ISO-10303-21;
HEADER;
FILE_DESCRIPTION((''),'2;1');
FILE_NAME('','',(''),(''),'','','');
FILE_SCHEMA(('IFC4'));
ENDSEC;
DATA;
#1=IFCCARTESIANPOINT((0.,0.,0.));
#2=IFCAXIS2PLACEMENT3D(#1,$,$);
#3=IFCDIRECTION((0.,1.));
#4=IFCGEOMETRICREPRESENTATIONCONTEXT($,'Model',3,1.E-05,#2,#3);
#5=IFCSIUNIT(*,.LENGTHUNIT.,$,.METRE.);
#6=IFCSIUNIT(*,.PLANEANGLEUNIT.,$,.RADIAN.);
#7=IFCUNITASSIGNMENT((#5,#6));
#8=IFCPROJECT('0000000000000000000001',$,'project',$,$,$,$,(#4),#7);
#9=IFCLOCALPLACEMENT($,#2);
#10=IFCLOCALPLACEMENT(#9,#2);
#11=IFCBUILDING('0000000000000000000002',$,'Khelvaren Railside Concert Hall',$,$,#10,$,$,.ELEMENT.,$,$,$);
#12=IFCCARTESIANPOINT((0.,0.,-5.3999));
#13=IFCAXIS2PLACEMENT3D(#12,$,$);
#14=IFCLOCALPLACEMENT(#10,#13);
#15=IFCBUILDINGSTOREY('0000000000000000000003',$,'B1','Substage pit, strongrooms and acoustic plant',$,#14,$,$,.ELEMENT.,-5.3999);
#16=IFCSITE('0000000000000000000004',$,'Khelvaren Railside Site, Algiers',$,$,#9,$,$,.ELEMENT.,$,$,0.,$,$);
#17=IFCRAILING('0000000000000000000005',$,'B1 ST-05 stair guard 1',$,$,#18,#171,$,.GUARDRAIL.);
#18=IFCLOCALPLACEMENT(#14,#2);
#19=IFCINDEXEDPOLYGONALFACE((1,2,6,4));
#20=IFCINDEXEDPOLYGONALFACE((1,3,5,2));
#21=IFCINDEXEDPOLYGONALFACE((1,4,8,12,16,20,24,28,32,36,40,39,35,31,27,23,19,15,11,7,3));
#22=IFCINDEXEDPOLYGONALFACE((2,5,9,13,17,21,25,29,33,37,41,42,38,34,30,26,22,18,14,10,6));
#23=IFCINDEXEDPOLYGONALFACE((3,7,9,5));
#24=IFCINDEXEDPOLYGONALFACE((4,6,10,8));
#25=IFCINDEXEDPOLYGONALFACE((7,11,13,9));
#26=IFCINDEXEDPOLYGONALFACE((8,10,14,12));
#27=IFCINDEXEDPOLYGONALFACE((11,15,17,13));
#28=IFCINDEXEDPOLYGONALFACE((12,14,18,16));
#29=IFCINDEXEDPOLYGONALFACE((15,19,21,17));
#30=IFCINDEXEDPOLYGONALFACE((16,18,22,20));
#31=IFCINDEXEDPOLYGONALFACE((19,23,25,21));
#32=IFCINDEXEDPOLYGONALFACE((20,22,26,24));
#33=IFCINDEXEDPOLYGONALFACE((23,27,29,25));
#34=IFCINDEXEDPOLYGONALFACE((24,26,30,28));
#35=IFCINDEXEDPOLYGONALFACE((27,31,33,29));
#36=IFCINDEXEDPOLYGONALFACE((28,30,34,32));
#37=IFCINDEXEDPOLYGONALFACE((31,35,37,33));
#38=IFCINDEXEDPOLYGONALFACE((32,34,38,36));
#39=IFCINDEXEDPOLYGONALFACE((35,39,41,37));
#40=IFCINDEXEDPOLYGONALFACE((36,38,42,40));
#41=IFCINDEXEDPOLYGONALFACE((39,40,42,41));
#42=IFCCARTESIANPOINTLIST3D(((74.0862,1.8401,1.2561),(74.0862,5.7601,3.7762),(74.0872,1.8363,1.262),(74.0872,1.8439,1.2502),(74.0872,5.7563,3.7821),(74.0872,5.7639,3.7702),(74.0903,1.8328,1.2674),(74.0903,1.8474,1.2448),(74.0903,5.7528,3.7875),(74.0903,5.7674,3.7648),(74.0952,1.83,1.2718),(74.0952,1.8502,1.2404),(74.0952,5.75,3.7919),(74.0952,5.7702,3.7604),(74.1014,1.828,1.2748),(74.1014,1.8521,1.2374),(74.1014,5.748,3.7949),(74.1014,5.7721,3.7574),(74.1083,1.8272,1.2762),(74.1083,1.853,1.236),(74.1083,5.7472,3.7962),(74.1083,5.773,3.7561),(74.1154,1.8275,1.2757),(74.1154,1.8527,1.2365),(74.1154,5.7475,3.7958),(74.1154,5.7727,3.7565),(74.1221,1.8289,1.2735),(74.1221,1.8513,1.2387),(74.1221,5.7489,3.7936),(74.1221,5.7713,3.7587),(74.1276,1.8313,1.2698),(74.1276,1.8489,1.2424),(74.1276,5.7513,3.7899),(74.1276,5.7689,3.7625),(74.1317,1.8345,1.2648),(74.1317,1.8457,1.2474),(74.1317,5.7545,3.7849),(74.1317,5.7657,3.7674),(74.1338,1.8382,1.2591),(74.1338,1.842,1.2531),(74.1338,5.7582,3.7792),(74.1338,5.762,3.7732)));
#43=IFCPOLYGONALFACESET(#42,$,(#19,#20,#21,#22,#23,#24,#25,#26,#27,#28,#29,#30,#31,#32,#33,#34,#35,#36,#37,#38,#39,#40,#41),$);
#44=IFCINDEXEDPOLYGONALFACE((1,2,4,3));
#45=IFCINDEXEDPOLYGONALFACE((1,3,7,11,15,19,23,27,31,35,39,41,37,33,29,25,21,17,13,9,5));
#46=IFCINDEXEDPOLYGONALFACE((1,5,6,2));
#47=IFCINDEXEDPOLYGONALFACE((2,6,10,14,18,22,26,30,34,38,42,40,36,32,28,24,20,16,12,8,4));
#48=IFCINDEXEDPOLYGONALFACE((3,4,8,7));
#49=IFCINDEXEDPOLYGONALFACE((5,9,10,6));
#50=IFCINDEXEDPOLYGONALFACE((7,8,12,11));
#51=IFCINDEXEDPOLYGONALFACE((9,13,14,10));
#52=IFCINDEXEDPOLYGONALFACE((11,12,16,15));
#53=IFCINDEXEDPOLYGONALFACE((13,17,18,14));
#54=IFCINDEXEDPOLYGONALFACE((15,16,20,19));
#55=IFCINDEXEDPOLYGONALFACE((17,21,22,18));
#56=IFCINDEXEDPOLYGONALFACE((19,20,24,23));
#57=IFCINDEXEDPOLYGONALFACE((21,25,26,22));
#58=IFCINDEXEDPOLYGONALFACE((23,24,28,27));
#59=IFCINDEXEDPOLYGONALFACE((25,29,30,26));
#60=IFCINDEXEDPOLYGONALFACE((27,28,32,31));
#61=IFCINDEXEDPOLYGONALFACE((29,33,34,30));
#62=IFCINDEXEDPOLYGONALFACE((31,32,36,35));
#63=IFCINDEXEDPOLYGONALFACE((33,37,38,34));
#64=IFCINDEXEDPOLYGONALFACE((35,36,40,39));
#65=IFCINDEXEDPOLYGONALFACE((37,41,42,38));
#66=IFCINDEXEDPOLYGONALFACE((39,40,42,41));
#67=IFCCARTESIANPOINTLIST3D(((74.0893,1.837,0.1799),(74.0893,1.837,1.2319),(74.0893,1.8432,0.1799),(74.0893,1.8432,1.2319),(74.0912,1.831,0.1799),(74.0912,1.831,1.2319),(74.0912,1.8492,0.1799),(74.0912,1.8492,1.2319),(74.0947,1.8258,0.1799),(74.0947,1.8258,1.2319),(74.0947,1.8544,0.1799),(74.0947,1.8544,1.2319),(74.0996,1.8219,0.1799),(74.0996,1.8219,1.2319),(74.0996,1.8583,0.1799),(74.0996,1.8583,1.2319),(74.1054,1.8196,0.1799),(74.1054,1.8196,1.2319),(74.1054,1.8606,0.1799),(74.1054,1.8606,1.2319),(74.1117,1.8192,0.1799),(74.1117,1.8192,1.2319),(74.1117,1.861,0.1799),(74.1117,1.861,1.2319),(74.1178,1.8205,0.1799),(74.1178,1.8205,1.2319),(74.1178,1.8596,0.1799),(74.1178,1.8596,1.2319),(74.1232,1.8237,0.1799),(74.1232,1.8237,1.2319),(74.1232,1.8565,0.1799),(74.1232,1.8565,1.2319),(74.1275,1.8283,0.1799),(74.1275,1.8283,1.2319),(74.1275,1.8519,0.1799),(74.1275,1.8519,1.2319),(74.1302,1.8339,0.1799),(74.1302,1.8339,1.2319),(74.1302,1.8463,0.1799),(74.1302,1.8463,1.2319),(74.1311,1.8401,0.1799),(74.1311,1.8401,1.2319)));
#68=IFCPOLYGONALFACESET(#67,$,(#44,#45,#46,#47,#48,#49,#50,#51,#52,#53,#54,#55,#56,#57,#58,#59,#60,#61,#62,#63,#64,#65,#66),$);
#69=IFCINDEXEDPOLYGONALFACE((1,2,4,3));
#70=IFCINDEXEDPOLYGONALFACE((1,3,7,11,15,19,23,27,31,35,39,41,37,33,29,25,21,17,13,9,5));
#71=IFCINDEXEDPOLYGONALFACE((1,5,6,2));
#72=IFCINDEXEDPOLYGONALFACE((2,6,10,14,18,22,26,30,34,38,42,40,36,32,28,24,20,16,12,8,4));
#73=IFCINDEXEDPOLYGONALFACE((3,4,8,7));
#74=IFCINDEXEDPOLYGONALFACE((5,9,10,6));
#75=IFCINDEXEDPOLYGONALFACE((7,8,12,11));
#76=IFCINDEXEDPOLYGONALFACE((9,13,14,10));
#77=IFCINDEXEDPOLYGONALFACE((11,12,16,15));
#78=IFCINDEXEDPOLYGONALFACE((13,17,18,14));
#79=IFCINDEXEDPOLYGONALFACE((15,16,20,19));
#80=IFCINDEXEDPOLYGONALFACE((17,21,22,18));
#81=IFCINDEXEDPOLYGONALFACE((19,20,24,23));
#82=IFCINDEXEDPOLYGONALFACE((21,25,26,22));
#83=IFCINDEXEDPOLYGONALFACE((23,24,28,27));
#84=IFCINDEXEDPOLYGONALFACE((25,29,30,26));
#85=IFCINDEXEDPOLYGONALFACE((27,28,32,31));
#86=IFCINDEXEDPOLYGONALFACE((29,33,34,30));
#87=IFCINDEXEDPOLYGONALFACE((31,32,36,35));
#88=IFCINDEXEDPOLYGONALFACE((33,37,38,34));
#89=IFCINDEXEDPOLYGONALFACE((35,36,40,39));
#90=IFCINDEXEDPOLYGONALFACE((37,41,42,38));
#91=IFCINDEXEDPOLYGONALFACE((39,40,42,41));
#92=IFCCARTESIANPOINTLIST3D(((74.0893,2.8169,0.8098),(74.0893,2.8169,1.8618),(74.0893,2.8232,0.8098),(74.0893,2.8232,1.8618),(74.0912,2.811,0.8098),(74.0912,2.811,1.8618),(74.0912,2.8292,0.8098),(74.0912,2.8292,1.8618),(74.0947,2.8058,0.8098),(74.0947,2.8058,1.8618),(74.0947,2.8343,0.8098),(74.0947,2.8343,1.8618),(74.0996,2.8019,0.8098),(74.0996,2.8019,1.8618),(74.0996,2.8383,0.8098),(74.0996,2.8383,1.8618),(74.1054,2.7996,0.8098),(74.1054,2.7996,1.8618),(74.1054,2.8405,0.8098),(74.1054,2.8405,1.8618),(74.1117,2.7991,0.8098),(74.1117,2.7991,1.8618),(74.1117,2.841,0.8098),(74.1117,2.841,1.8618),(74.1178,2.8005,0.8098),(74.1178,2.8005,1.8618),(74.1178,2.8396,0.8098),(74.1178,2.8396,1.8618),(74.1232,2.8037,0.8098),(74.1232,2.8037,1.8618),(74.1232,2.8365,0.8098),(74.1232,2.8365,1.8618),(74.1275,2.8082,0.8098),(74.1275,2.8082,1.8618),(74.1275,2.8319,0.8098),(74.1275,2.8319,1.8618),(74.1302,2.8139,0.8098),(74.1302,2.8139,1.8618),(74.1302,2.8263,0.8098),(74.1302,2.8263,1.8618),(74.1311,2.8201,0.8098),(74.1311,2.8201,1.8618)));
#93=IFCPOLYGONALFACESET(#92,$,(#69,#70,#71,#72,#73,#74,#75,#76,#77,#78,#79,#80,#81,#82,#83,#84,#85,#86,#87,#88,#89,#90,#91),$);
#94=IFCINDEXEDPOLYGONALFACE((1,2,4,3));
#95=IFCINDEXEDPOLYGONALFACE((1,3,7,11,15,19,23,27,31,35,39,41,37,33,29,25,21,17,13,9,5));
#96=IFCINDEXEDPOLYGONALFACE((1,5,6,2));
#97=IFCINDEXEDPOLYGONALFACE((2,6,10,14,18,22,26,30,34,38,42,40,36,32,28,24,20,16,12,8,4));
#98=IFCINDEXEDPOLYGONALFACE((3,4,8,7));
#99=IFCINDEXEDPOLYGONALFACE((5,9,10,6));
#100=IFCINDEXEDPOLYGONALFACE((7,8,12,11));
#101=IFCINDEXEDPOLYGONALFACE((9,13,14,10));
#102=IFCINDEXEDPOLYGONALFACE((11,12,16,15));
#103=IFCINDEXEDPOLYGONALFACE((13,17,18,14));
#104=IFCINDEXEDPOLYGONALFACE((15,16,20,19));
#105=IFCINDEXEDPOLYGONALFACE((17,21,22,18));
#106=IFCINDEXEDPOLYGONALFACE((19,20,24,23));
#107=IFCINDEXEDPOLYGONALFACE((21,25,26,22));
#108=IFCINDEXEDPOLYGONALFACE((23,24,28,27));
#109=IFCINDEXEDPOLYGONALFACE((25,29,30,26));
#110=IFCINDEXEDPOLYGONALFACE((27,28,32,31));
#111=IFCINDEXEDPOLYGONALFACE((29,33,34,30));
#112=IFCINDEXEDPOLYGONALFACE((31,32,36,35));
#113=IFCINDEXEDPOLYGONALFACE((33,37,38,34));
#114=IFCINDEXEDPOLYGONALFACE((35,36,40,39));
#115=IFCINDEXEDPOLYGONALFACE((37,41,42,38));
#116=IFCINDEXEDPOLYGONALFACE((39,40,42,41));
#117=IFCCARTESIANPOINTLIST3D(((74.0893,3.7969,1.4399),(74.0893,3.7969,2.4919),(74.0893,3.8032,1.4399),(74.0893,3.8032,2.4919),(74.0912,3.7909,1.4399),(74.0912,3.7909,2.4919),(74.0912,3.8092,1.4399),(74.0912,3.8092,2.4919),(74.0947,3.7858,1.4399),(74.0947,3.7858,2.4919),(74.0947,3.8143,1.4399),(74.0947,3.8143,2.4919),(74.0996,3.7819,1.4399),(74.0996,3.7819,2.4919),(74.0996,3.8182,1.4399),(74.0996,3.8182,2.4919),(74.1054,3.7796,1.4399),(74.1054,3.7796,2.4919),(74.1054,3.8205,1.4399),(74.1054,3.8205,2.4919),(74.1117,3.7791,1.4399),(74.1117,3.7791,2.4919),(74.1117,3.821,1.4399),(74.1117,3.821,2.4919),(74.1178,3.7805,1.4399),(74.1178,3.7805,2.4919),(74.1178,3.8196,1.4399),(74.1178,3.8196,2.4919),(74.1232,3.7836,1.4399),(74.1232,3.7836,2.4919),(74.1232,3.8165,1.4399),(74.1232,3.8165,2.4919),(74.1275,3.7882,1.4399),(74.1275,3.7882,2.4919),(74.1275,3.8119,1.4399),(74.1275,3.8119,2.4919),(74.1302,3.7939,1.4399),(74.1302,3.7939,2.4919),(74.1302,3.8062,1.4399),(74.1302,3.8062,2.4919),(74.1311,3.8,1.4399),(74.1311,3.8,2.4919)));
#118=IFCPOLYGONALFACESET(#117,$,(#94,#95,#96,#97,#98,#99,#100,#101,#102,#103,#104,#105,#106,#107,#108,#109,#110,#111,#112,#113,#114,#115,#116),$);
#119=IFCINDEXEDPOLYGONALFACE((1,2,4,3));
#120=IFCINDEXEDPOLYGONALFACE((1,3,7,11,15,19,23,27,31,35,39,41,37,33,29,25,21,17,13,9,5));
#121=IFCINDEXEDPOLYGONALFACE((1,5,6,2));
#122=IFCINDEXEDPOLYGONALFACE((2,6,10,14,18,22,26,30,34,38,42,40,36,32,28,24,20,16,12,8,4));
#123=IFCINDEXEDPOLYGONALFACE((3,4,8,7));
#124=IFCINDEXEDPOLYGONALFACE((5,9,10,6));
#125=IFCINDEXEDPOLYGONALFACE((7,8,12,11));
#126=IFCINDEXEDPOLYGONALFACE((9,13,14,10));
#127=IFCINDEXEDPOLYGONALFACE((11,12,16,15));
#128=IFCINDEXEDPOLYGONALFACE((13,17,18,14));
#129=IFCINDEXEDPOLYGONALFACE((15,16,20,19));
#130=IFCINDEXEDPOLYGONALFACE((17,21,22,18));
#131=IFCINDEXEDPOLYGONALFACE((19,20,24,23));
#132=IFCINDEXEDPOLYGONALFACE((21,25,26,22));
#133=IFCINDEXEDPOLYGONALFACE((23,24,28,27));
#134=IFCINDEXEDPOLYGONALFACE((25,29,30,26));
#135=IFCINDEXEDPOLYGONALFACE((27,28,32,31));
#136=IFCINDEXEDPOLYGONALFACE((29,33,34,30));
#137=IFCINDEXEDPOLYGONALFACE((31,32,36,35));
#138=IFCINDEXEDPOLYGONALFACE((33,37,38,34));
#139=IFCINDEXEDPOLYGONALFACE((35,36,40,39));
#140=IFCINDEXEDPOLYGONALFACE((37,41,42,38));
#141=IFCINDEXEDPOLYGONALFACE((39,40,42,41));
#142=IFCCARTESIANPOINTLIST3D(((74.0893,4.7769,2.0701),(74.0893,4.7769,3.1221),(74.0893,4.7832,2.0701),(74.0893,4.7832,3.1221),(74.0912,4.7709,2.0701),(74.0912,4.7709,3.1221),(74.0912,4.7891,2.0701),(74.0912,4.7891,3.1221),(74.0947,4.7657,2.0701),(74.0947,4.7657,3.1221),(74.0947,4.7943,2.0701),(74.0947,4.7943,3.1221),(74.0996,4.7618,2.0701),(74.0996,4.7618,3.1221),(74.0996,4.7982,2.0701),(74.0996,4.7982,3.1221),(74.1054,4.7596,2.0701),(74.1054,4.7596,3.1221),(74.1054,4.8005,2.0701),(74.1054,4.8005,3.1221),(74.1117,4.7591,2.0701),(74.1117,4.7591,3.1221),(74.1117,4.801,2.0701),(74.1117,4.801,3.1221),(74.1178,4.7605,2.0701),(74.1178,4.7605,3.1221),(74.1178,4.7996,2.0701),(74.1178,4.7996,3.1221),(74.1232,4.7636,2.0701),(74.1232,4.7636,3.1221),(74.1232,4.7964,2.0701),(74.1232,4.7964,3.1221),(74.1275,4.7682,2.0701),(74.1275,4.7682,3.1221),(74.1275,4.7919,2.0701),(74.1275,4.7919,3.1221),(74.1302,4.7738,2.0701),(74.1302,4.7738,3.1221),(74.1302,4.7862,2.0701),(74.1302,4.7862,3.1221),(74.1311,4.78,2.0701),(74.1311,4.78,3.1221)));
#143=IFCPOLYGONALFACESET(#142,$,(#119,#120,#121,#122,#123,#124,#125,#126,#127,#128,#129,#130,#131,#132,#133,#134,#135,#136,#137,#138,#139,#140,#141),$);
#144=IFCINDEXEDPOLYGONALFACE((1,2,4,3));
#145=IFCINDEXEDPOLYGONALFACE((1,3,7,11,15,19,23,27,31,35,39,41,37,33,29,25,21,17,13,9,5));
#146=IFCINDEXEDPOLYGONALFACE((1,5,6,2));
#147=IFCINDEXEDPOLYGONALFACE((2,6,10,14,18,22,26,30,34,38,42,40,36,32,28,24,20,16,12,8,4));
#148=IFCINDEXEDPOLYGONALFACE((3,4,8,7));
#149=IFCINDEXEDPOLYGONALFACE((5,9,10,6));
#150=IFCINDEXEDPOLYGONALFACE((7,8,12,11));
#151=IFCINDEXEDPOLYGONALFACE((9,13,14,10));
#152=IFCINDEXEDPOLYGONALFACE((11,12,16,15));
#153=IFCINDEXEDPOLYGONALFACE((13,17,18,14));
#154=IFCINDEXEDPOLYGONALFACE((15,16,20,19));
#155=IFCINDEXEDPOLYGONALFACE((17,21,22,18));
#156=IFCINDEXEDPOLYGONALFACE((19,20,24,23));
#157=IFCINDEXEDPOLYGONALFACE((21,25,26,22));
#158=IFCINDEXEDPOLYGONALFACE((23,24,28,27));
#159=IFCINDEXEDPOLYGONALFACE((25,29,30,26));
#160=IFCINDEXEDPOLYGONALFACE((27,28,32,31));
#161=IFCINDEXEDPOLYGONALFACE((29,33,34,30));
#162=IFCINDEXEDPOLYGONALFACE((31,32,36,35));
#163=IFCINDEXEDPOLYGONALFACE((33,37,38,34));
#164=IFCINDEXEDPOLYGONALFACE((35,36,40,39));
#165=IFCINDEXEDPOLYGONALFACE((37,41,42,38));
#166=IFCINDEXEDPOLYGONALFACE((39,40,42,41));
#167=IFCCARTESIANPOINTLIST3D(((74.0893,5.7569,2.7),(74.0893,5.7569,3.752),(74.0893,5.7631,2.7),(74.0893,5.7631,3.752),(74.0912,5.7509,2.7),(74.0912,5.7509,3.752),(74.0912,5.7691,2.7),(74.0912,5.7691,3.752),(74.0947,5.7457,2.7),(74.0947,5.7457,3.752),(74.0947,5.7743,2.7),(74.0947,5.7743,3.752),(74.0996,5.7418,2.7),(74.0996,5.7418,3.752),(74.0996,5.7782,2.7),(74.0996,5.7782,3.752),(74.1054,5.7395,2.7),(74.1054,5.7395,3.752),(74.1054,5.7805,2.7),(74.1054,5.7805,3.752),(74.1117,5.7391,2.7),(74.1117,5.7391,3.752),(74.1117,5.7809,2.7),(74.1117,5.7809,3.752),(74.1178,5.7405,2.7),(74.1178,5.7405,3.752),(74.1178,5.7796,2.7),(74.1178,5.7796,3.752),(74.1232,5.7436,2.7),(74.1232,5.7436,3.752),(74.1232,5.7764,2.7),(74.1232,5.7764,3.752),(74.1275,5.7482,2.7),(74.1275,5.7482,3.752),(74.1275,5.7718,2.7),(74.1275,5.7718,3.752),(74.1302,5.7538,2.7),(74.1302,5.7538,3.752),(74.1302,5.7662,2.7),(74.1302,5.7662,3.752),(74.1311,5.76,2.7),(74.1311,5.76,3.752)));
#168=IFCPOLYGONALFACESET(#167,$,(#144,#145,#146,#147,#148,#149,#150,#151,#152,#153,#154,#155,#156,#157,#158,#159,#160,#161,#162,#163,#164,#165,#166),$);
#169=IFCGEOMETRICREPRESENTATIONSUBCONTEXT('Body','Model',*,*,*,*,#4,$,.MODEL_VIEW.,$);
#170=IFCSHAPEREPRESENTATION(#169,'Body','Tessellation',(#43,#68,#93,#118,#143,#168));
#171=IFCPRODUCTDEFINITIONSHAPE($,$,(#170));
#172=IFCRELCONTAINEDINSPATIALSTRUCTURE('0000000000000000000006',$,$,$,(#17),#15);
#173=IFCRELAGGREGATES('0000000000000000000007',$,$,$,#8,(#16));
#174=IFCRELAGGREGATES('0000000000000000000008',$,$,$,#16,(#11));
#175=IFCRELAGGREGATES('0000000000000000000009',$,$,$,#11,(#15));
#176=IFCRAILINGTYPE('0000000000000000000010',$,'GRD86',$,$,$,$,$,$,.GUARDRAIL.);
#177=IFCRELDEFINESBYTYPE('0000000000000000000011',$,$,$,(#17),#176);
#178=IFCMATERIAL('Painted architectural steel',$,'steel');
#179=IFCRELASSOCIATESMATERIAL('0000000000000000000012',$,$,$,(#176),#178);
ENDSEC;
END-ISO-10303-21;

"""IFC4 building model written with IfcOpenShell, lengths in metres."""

from ifc_helpers import new_model, si_unit, direction, frame, origin, origin_2d, place, context, subcontext, project, spatial, circle, extrude, material, type_object, element, save


model = new_model("IFC4")

# Units and contexts
model_context = context("Model", 3, precision=1e-05, world=origin(), true_north=direction((0.0, 1.0)))
body_context = subcontext(model_context, "Body", "Model", "MODEL_VIEW")
ifc_project = project(units=[si_unit("LENGTHUNIT", "METRE"), si_unit("PLANEANGLEUNIT", "RADIAN")], contexts=[model_context])

# Site, building, storey
site_placement = place(None, origin())
site = spatial("IfcSite", under=ifc_project, at=site_placement, Name="Khelvaren Railside Site, Algiers", CompositionType="ELEMENT", RefElevation=0.0)
building_placement = place(site_placement, origin())
building = spatial("IfcBuilding", under=site, at=building_placement, Name="Khelvaren Railside Concert Hall", CompositionType="ELEMENT")
storey_placement = place(building_placement, frame((0.0, 0.0, -5.3999)))
storey = spatial("IfcBuildingStorey", under=building, at=storey_placement, Name="B1", Description="Substage pit, strongrooms and acoustic plant", CompositionType="ELEMENT", Elevation=-5.3999)

# Railing
ifc_material_1 = material(Name="Painted architectural steel", Category="steel")
railing_type_1 = type_object("IfcRailingType", Name="GRD86", PredefinedType="GUARDRAIL", material=ifc_material_1)
railing_1_placement = place(storey_placement, frame((74.1101, 1.8401, 0.1799)))
element("IfcRailing", 1, at=railing_1_placement, inside=storey, type_object=railing_type_1, Name="B1 ST-05 stair guard 1", PredefinedType="GUARDRAIL", context=body_context, shape_type="SweptSolid", body=[
    extrude(circle(Radius=0.0239, at=origin_2d()), frame((0.0, 0.0, 1.0762), z_axis=(0.0, 0.841172, 0.540768), x_axis=(-1.0, 0.0, 0.0)), (0.0, 0.0, 1.0), 4.6602),
    extrude(circle(Radius=0.021, at=origin_2d()), origin(), (0.0, 0.0, 1.0), 1.052),
    extrude(circle(Radius=0.021, at=origin_2d()), frame((0.0, 0.98, 0.6299)), (0.0, 0.0, 1.0), 1.052),
    extrude(circle(Radius=0.021, at=origin_2d()), frame((0.0, 1.96, 1.26)), (0.0, 0.0, 1.0), 1.052),
    extrude(circle(Radius=0.021, at=origin_2d()), frame((0.0, 2.9399, 1.8901)), (0.0, 0.0, 1.0), 1.052),
    extrude(circle(Radius=0.021, at=origin_2d()), frame((0.0, 3.9199, 2.52)), (0.0, 0.0, 1.0), 1.052),
])

save(model, "model.ifc")
